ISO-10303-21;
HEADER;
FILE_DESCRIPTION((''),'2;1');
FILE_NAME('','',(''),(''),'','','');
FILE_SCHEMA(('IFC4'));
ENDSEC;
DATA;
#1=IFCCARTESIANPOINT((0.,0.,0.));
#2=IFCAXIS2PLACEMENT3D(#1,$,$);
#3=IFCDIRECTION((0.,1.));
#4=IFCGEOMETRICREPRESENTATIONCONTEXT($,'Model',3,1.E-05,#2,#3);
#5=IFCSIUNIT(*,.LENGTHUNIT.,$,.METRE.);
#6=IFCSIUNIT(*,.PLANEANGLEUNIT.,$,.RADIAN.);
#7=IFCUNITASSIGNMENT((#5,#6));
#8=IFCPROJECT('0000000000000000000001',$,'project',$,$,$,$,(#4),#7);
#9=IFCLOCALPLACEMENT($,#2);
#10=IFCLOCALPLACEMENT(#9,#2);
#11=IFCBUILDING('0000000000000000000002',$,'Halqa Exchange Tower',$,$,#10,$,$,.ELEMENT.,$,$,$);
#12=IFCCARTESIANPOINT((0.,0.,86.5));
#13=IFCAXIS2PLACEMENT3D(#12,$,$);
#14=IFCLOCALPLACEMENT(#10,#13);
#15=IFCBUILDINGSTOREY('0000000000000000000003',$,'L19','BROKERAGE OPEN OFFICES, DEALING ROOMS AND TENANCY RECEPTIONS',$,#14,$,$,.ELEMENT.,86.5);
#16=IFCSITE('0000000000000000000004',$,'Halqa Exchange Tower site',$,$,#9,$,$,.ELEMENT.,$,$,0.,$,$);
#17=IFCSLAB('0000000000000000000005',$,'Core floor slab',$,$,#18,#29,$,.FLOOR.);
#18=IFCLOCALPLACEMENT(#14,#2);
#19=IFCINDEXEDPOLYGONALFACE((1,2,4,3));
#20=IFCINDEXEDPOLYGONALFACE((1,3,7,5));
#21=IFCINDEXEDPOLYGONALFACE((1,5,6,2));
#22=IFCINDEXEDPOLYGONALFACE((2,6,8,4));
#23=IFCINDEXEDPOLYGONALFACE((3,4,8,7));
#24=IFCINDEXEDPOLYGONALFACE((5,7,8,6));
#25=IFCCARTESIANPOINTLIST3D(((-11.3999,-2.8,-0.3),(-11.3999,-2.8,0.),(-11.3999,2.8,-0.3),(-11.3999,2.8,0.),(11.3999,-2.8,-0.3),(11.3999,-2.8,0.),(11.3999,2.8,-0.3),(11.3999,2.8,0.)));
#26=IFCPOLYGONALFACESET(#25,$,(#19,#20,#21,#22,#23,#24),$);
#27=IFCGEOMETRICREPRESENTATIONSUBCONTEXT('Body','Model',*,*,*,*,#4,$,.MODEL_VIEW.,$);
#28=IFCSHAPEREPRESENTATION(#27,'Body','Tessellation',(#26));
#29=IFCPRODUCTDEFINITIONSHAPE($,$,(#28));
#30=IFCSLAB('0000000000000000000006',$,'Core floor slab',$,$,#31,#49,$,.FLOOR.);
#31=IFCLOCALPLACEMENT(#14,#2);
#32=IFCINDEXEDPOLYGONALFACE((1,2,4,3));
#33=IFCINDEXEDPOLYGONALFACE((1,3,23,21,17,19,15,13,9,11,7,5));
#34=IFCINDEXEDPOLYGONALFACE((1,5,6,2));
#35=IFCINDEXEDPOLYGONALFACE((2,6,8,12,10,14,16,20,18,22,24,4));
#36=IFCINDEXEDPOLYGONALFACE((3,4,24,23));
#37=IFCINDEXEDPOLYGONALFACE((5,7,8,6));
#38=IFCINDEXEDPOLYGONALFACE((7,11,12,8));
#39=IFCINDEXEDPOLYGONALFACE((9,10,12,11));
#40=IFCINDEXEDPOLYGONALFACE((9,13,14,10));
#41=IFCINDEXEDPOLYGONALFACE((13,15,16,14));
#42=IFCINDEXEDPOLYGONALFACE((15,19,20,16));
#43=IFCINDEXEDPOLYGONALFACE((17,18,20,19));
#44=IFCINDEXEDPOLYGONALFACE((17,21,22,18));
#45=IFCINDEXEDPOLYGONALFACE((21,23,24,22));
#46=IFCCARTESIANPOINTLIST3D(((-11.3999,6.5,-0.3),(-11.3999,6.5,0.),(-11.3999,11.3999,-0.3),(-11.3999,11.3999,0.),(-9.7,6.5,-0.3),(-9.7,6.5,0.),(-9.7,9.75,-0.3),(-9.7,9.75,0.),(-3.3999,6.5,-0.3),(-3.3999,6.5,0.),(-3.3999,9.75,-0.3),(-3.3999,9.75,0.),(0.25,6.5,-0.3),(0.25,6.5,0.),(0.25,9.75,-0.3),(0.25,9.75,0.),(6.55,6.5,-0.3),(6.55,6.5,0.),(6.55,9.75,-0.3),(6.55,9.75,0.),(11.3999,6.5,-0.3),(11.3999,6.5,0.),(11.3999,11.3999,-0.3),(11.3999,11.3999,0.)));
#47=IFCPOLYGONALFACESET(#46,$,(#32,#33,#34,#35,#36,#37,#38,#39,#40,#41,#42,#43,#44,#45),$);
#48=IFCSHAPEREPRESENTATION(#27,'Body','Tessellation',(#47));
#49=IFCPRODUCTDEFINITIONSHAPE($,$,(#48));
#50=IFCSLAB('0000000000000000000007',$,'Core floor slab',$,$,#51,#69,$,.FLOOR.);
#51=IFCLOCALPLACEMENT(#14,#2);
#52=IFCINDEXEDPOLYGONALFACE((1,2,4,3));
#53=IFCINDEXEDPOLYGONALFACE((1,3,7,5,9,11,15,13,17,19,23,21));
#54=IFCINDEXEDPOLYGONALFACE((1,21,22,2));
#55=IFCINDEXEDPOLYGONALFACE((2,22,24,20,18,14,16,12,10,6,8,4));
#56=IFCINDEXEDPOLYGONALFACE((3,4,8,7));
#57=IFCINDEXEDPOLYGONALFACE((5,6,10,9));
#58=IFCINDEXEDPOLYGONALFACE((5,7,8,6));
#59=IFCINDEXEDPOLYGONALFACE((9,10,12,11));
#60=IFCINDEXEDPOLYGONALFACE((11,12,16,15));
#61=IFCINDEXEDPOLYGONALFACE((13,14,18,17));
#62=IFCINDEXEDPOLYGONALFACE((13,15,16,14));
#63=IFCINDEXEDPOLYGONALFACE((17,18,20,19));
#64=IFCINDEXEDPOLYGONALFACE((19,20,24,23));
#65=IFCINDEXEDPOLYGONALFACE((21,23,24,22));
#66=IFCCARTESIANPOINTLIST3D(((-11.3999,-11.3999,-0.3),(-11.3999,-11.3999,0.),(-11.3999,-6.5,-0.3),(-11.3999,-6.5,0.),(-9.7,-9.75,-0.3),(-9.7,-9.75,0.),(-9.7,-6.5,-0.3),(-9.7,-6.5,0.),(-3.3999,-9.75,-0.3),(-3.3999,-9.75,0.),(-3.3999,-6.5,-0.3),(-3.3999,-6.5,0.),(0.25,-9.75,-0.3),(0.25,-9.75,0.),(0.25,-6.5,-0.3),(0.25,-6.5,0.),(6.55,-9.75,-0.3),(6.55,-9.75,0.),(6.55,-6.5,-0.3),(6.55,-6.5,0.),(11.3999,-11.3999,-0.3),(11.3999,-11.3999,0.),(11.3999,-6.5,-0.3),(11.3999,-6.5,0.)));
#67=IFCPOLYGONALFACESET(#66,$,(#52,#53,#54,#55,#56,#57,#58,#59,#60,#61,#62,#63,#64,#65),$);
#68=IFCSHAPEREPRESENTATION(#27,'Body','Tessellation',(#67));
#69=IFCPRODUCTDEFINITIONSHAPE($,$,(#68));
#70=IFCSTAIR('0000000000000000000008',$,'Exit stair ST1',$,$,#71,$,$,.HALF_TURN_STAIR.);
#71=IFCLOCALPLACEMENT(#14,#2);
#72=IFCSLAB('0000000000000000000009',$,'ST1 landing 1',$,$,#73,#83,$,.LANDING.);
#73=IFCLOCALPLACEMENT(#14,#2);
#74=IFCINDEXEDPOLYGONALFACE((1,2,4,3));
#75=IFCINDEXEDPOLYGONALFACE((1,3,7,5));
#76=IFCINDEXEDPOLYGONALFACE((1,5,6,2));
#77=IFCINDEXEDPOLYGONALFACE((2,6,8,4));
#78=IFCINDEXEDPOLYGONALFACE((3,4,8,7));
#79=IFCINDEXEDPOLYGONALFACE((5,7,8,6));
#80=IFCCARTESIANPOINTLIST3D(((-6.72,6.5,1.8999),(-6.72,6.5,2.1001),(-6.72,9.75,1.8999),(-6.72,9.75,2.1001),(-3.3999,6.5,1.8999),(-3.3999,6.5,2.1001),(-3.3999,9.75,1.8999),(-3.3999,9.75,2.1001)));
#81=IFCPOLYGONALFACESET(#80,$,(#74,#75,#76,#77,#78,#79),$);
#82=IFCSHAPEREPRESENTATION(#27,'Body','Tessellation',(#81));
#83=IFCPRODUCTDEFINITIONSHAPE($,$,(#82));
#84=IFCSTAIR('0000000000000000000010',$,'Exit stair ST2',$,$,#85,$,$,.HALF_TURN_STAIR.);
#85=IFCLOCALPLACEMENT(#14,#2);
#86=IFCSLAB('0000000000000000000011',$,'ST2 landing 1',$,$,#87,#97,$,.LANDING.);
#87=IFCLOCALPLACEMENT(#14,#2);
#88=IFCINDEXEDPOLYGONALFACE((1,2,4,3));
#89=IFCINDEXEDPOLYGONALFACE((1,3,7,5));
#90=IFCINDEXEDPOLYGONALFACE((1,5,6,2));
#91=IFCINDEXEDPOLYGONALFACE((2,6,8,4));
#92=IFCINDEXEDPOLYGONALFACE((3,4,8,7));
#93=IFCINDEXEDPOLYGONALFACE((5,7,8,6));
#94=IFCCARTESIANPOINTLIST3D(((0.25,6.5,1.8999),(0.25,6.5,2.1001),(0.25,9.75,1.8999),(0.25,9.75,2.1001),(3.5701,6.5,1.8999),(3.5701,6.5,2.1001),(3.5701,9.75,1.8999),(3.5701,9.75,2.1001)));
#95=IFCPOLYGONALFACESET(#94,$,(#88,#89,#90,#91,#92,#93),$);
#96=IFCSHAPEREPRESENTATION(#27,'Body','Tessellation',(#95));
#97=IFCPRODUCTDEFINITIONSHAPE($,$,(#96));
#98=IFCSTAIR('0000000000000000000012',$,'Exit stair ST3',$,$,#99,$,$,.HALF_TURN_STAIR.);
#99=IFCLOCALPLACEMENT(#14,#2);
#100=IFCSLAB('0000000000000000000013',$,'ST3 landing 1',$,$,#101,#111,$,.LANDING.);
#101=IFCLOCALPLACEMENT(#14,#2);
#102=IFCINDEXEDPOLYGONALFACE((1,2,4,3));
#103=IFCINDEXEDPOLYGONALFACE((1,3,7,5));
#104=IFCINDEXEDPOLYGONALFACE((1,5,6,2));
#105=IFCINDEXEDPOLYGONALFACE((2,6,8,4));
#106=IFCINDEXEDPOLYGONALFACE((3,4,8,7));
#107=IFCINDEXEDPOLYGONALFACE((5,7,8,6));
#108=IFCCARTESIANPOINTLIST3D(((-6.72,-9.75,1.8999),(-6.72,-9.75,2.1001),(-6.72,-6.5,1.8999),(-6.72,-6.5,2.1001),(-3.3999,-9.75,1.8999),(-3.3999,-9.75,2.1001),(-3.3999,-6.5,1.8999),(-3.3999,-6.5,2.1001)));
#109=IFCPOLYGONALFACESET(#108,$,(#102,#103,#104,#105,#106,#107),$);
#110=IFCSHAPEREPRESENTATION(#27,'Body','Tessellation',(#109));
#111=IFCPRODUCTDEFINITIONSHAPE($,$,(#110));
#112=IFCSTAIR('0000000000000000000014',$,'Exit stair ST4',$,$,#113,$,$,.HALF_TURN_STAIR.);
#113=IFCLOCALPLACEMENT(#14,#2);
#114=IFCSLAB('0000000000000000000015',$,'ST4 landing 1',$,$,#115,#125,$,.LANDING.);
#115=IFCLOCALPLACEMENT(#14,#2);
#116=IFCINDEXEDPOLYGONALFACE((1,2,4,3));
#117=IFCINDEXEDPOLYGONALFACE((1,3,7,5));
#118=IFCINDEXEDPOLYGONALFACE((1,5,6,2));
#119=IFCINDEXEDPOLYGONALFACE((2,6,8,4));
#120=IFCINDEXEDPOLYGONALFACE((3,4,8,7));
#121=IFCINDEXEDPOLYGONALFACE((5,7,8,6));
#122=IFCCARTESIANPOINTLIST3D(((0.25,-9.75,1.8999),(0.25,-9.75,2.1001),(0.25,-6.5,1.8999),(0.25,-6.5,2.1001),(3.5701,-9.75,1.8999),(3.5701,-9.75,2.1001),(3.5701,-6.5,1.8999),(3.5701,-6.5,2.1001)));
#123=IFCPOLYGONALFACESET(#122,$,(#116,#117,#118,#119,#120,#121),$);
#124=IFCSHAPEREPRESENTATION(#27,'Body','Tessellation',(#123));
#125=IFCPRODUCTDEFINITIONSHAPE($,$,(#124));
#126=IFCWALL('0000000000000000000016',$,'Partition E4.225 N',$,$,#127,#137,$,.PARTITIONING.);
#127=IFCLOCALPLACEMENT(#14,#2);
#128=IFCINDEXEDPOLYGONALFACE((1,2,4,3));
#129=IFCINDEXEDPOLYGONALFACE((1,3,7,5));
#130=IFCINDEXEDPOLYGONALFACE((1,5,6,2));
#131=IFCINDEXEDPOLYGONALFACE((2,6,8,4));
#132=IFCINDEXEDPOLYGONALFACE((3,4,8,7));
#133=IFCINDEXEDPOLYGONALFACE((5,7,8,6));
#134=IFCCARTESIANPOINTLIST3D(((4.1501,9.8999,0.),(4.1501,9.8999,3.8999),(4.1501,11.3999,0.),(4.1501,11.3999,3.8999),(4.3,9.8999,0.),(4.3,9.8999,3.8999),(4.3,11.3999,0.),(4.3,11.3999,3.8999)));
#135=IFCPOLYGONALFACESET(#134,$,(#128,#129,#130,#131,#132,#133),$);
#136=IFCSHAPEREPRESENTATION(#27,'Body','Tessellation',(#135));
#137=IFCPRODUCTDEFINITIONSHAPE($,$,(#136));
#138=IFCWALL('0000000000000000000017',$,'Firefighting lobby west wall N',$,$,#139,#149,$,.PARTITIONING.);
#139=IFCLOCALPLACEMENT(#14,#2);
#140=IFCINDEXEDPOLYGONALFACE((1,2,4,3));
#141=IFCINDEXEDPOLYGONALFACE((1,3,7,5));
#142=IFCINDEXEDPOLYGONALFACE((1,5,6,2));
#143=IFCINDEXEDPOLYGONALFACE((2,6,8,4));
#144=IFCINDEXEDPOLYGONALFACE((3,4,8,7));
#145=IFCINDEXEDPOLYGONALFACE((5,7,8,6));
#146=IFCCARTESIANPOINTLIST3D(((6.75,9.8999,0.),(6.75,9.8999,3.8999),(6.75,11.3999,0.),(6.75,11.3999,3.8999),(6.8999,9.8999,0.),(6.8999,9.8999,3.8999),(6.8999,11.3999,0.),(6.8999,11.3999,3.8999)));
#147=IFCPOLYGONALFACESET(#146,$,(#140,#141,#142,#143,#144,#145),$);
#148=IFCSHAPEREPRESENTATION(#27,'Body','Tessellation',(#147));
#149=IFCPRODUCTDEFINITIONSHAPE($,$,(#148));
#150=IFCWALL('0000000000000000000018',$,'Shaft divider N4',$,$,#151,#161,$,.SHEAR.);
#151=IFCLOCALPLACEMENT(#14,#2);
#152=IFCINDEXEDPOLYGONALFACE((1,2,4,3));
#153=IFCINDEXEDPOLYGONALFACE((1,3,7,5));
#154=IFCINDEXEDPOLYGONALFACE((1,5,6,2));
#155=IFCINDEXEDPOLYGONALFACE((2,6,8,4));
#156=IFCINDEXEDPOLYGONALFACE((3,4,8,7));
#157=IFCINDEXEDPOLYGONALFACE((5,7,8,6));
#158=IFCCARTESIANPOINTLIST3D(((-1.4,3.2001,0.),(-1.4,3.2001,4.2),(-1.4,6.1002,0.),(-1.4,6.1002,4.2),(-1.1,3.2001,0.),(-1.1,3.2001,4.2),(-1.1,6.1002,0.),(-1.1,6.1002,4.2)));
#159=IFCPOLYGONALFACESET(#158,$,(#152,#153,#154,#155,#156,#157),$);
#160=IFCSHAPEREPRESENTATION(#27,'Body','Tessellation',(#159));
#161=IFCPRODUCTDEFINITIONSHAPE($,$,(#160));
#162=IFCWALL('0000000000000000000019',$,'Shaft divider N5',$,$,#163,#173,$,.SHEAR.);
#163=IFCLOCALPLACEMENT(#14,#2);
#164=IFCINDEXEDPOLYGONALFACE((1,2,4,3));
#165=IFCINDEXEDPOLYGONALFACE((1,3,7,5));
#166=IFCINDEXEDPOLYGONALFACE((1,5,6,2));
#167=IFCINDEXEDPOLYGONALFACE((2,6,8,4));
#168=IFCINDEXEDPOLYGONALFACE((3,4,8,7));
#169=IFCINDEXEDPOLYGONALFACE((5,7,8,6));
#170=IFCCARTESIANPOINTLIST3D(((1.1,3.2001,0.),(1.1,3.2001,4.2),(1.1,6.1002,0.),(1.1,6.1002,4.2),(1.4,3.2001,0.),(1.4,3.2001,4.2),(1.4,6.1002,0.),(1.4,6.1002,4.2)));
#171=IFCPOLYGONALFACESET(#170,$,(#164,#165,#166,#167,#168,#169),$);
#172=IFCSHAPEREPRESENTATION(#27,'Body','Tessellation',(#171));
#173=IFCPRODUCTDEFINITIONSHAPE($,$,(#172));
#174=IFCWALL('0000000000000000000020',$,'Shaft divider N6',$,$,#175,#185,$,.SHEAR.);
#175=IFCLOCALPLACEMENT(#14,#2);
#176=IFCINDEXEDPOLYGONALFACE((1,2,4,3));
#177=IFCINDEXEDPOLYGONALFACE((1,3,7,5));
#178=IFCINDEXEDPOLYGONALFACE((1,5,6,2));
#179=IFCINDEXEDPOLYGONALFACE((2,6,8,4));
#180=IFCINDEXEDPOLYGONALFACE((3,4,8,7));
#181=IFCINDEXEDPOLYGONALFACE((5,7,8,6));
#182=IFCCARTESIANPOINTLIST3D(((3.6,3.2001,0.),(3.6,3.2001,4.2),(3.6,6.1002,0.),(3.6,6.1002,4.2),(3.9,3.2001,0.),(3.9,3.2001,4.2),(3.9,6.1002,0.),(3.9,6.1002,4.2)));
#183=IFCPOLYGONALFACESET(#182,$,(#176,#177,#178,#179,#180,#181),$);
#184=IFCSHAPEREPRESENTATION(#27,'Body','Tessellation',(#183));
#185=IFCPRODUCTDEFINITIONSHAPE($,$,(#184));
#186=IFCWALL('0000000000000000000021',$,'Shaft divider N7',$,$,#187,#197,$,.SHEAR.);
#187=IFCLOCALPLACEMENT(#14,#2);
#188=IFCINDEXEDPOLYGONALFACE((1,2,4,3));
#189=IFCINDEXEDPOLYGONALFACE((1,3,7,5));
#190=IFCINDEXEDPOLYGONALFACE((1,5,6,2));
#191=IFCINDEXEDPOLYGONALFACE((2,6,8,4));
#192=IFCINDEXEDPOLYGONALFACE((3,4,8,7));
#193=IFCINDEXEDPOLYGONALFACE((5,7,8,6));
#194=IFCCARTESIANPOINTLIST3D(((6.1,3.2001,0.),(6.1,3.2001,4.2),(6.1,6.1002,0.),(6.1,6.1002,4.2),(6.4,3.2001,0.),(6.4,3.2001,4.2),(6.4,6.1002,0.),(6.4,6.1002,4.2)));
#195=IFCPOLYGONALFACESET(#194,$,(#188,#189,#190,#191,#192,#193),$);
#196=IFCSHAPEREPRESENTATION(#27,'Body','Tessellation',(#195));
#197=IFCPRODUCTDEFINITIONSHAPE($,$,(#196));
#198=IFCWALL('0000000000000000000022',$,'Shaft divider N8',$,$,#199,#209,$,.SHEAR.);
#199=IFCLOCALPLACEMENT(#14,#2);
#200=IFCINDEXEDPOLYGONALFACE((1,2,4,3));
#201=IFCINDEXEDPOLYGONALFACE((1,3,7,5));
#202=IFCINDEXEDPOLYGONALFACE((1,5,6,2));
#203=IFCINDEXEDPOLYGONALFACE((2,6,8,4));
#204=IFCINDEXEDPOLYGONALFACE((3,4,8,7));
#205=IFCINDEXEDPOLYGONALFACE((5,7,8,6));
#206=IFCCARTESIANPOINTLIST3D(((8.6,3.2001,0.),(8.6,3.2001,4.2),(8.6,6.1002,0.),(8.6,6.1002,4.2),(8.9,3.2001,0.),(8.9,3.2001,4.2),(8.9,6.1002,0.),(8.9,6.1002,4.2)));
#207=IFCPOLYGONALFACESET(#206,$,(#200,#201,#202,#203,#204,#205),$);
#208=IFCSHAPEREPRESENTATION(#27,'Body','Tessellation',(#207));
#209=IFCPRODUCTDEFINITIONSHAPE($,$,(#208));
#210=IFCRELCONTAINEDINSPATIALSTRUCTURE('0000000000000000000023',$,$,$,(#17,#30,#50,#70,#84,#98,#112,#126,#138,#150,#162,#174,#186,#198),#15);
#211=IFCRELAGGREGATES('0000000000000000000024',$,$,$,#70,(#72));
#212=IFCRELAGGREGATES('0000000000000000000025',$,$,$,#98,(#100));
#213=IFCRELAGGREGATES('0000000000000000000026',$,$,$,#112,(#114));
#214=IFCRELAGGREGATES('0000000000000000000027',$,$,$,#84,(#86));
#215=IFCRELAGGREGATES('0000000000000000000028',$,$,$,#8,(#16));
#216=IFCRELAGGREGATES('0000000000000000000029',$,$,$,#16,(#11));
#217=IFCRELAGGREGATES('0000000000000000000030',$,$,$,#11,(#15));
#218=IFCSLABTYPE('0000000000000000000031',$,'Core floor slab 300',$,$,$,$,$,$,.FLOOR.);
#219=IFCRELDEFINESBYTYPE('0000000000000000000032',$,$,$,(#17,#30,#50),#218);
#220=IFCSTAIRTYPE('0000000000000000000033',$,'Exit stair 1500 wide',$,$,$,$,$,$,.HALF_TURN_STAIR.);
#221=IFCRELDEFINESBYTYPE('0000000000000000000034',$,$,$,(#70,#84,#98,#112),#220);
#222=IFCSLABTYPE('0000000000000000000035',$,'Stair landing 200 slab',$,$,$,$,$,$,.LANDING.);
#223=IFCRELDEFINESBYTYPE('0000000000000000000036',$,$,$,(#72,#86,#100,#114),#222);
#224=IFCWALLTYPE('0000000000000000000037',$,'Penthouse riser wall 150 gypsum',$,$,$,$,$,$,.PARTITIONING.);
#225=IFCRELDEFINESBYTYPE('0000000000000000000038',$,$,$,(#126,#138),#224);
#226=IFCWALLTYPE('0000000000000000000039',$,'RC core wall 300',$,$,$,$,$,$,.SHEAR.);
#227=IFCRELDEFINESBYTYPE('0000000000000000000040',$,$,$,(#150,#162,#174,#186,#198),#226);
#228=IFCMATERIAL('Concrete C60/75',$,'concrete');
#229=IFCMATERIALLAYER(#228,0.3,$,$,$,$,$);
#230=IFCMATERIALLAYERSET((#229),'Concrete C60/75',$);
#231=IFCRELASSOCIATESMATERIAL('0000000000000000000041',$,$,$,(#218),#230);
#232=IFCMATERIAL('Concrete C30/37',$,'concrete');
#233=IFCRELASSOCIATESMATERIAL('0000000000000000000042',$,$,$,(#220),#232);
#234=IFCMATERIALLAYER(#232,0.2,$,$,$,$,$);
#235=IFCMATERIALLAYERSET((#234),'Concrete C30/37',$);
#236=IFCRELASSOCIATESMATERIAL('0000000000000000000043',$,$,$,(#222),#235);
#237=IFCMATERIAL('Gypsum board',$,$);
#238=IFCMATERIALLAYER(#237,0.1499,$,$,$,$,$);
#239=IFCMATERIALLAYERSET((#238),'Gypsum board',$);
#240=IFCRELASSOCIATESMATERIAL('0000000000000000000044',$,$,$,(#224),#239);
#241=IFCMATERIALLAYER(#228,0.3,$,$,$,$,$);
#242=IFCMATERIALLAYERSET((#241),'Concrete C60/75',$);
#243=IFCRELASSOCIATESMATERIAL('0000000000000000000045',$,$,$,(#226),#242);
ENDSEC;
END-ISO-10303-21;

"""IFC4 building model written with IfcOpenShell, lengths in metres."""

from ifc_helpers import new_model, si_unit, direction, frame, frame_2d, origin, place, context, subcontext, project, spatial, polyline, rectangle, outline, extrude, material, layer, layer_set, type_object, element, aggregate, save


model = new_model("IFC4")

# Units and contexts
model_context = context("Model", 3, precision=1e-05, world=origin(), true_north=direction((0.0, 1.0)))
body_context = subcontext(model_context, "Body", "Model", "MODEL_VIEW")
ifc_project = project(units=[si_unit("LENGTHUNIT", "METRE"), si_unit("PLANEANGLEUNIT", "RADIAN")], contexts=[model_context])

# Site, building, storey
site_placement = place(None, origin())
site = spatial("IfcSite", under=ifc_project, at=site_placement, Name="Halqa Exchange Tower site", CompositionType="ELEMENT", RefElevation=0.0)
building_placement = place(site_placement, origin())
building = spatial("IfcBuilding", under=site, at=building_placement, Name="Halqa Exchange Tower", CompositionType="ELEMENT")
storey_placement = place(building_placement, frame((0.0, 0.0, 86.5)))
storey = spatial("IfcBuildingStorey", under=building, at=storey_placement, Name="L19", Description="BROKERAGE OPEN OFFICES, DEALING ROOMS AND TENANCY RECEPTIONS", CompositionType="ELEMENT", Elevation=86.5)

# Shared definitions
ifc_material_1 = material(Name="Concrete C60/75", Category="concrete")

# Slabs
ifc_layer_1 = layer(ifc_material_1, 0.3)
ifc_layer_set_1 = layer_set([ifc_layer_1], Name="Concrete C60/75")
slab_type_1 = type_object("IfcSlabType", Name="Core floor slab 300", PredefinedType="FLOOR", material=ifc_layer_set_1)
slab_1_placement = place(storey_placement, frame((0.0, 0.0, -0.3)))
element("IfcSlab", 1, at=slab_1_placement, inside=storey, type_object=slab_type_1, Name="Core floor slab", PredefinedType="FLOOR", context=body_context, shape_type="SweptSolid", body=[
    extrude(outline(polyline([(-11.3999, 2.8), (11.3999, 2.8), (11.3999, -2.8), (-11.3999, -2.8), (-11.3999, 2.8)])), origin(), (0.0, 0.0, 1.0), 0.3),
])
slab_2_placement = place(storey_placement, frame((0.0, 0.0, -0.3)))
element("IfcSlab", 2, at=slab_2_placement, inside=storey, type_object=slab_type_1, Name="Core floor slab", PredefinedType="FLOOR", context=body_context, shape_type="SweptSolid", body=[
    extrude(outline(polyline([(-11.3999, 11.3999), (11.3999, 11.3999), (11.3999, 6.5), (6.55, 6.5), (6.55, 9.75), (0.25, 9.75), (0.25, 6.5), (-3.3999, 6.5), (-3.3999, 9.75), (-9.7, 9.75), (-9.7, 6.5), (-11.3999, 6.5), (-11.3999, 11.3999)])), origin(), (0.0, 0.0, 1.0), 0.3),
])
slab_3_placement = place(storey_placement, frame((0.0, 0.0, -0.3)))
element("IfcSlab", 3, at=slab_3_placement, inside=storey, type_object=slab_type_1, Name="Core floor slab", PredefinedType="FLOOR", context=body_context, shape_type="SweptSolid", body=[
    extrude(outline(polyline([(-9.7, -9.75), (-3.3999, -9.75), (-3.3999, -6.5), (0.25, -6.5), (0.25, -9.75), (6.55, -9.75), (6.55, -6.5), (11.3999, -6.5), (11.3999, -11.3999), (-11.3999, -11.3999), (-11.3999, -6.5), (-9.7, -6.5), (-9.7, -9.75)])), origin(), (0.0, 0.0, 1.0), 0.3),
])

# Stairs, slabs
ifc_material_2 = material(Name="Concrete C30/37", Category="concrete")
stair_type = type_object("IfcStairType", Name="Exit stair 1500 wide", PredefinedType="HALF_TURN_STAIR", material=ifc_material_2)
stair_1_placement = place(storey_placement, origin())
stair_1 = element("IfcStair", 4, at=stair_1_placement, inside=storey, type_object=stair_type, Name="Exit stair ST1", PredefinedType="HALF_TURN_STAIR")
ifc_layer_2 = layer(ifc_material_2, 0.2)
ifc_layer_set_2 = layer_set([ifc_layer_2], Name="Concrete C30/37")
slab_type_2 = type_object("IfcSlabType", Name="Stair landing 200 slab", PredefinedType="LANDING", material=ifc_layer_set_2)
slab_4_placement = place(storey_placement, frame((0.0, 0.0, 1.8999)))
slab_4 = element("IfcSlab", 5, at=slab_4_placement, type_object=slab_type_2, Name="ST1 landing 1", PredefinedType="LANDING", context=body_context, shape_type="SweptSolid", body=[
    extrude(outline(polyline([(-6.72, 6.5), (-3.3999, 6.5), (-3.3999, 9.75), (-6.72, 9.75), (-6.72, 6.5)])), origin(), (0.0, 0.0, 1.0), 0.2002),
])
aggregate(stair_1, [slab_4])
stair_2_placement = place(storey_placement, origin())
stair_2 = element("IfcStair", 6, at=stair_2_placement, inside=storey, type_object=stair_type, Name="Exit stair ST2", PredefinedType="HALF_TURN_STAIR")
slab_5_placement = place(storey_placement, frame((0.0, 0.0, 1.8999)))
slab_5 = element("IfcSlab", 7, at=slab_5_placement, type_object=slab_type_2, Name="ST2 landing 1", PredefinedType="LANDING", context=body_context, shape_type="SweptSolid", body=[
    extrude(outline(polyline([(0.25, 6.5), (3.5701, 6.5), (3.5701, 9.75), (0.25, 9.75), (0.25, 6.5)])), origin(), (0.0, 0.0, 1.0), 0.2002),
])
stair_3_placement = place(storey_placement, origin())
stair_3 = element("IfcStair", 8, at=stair_3_placement, inside=storey, type_object=stair_type, Name="Exit stair ST3", PredefinedType="HALF_TURN_STAIR")
slab_6_placement = place(storey_placement, frame((0.0, 0.0, 1.8999)))
slab_6 = element("IfcSlab", 9, at=slab_6_placement, type_object=slab_type_2, Name="ST3 landing 1", PredefinedType="LANDING", context=body_context, shape_type="SweptSolid", body=[
    extrude(outline(polyline([(-6.72, -9.75), (-3.3999, -9.75), (-3.3999, -6.5), (-6.72, -6.5), (-6.72, -9.75)])), origin(), (0.0, 0.0, 1.0), 0.2002),
])
aggregate(stair_3, [slab_6])
stair_4_placement = place(storey_placement, origin())
stair_4 = element("IfcStair", 10, at=stair_4_placement, inside=storey, type_object=stair_type, Name="Exit stair ST4", PredefinedType="HALF_TURN_STAIR")
slab_7_placement = place(storey_placement, frame((0.0, 0.0, 1.8999)))
slab_7 = element("IfcSlab", 11, at=slab_7_placement, type_object=slab_type_2, Name="ST4 landing 1", PredefinedType="LANDING", context=body_context, shape_type="SweptSolid", body=[
    extrude(outline(polyline([(0.25, -9.75), (3.5701, -9.75), (3.5701, -6.5), (0.25, -6.5), (0.25, -9.75)])), origin(), (0.0, 0.0, 1.0), 0.2002),
])
aggregate(stair_4, [slab_7])

# Walls
ifc_material_3 = material(Name="Gypsum board")
ifc_layer_3 = layer(ifc_material_3, 0.1499)
ifc_layer_set_3 = layer_set([ifc_layer_3], Name="Gypsum board")
wall_type_1 = type_object("IfcWallType", Name="Penthouse riser wall 150 gypsum", PredefinedType="PARTITIONING", material=ifc_layer_set_3)
for number, where, z_axis, x_axis, name in (
    (12, (4.2251, 9.8999, 0.0), (0.0, 0.0, 1.0), (0.0, 1.0, 0.0), "Partition E4.225 N"),
    (13, (6.825, 9.8999, 0.0), (0.0, 0.0, 1.0), (0.0, 1.0, 0.0), "Firefighting lobby west wall N"),
):
    element("IfcWall", number, at=place(storey_placement, frame(where, z_axis=z_axis, x_axis=x_axis)), inside=storey, type_object=wall_type_1, Name=name, PredefinedType="PARTITIONING", context=body_context, shape_type="SweptSolid", body=[
        extrude(rectangle(XDim=1.5, YDim=0.1499, at=frame_2d((0.75, 0.0))), origin(), (0.0, 0.0, 1.0), 3.8999),
    ])
ifc_layer_4 = layer(ifc_material_1, 0.3)
ifc_layer_set_4 = layer_set([ifc_layer_4], Name="Concrete C60/75")
wall_type_2 = type_object("IfcWallType", Name="RC core wall 300", PredefinedType="SHEAR", material=ifc_layer_set_4)
for number, where, z_axis, x_axis, name in (
    (14, (-1.25, 3.2, 0.0), (0.0, 0.0, 1.0), (0.0, 1.0, 0.0), "Shaft divider N4"),
    (15, (1.25, 3.2, 0.0), (0.0, 0.0, 1.0), (0.0, 1.0, 0.0), "Shaft divider N5"),
    (16, (3.75, 3.2, 0.0), (0.0, 0.0, 1.0), (0.0, 1.0, 0.0), "Shaft divider N6"),
    (17, (6.25, 3.2, 0.0), (0.0, 0.0, 1.0), (0.0, 1.0, 0.0), "Shaft divider N7"),
    (18, (8.75, 3.2, 0.0), (0.0, 0.0, 1.0), (0.0, 1.0, 0.0), "Shaft divider N8"),
):
    element("IfcWall", number, at=place(storey_placement, frame(where, z_axis=z_axis, x_axis=x_axis)), inside=storey, type_object=wall_type_2, Name=name, PredefinedType="SHEAR", context=body_context, shape_type="SweptSolid", body=[
        extrude(rectangle(XDim=2.9001, YDim=0.3, at=frame_2d((1.4502, 0.0))), origin(), (0.0, 0.0, 1.0), 4.2),
    ])

aggregate(stair_2, [slab_5])

save(model, "model.ifc")
